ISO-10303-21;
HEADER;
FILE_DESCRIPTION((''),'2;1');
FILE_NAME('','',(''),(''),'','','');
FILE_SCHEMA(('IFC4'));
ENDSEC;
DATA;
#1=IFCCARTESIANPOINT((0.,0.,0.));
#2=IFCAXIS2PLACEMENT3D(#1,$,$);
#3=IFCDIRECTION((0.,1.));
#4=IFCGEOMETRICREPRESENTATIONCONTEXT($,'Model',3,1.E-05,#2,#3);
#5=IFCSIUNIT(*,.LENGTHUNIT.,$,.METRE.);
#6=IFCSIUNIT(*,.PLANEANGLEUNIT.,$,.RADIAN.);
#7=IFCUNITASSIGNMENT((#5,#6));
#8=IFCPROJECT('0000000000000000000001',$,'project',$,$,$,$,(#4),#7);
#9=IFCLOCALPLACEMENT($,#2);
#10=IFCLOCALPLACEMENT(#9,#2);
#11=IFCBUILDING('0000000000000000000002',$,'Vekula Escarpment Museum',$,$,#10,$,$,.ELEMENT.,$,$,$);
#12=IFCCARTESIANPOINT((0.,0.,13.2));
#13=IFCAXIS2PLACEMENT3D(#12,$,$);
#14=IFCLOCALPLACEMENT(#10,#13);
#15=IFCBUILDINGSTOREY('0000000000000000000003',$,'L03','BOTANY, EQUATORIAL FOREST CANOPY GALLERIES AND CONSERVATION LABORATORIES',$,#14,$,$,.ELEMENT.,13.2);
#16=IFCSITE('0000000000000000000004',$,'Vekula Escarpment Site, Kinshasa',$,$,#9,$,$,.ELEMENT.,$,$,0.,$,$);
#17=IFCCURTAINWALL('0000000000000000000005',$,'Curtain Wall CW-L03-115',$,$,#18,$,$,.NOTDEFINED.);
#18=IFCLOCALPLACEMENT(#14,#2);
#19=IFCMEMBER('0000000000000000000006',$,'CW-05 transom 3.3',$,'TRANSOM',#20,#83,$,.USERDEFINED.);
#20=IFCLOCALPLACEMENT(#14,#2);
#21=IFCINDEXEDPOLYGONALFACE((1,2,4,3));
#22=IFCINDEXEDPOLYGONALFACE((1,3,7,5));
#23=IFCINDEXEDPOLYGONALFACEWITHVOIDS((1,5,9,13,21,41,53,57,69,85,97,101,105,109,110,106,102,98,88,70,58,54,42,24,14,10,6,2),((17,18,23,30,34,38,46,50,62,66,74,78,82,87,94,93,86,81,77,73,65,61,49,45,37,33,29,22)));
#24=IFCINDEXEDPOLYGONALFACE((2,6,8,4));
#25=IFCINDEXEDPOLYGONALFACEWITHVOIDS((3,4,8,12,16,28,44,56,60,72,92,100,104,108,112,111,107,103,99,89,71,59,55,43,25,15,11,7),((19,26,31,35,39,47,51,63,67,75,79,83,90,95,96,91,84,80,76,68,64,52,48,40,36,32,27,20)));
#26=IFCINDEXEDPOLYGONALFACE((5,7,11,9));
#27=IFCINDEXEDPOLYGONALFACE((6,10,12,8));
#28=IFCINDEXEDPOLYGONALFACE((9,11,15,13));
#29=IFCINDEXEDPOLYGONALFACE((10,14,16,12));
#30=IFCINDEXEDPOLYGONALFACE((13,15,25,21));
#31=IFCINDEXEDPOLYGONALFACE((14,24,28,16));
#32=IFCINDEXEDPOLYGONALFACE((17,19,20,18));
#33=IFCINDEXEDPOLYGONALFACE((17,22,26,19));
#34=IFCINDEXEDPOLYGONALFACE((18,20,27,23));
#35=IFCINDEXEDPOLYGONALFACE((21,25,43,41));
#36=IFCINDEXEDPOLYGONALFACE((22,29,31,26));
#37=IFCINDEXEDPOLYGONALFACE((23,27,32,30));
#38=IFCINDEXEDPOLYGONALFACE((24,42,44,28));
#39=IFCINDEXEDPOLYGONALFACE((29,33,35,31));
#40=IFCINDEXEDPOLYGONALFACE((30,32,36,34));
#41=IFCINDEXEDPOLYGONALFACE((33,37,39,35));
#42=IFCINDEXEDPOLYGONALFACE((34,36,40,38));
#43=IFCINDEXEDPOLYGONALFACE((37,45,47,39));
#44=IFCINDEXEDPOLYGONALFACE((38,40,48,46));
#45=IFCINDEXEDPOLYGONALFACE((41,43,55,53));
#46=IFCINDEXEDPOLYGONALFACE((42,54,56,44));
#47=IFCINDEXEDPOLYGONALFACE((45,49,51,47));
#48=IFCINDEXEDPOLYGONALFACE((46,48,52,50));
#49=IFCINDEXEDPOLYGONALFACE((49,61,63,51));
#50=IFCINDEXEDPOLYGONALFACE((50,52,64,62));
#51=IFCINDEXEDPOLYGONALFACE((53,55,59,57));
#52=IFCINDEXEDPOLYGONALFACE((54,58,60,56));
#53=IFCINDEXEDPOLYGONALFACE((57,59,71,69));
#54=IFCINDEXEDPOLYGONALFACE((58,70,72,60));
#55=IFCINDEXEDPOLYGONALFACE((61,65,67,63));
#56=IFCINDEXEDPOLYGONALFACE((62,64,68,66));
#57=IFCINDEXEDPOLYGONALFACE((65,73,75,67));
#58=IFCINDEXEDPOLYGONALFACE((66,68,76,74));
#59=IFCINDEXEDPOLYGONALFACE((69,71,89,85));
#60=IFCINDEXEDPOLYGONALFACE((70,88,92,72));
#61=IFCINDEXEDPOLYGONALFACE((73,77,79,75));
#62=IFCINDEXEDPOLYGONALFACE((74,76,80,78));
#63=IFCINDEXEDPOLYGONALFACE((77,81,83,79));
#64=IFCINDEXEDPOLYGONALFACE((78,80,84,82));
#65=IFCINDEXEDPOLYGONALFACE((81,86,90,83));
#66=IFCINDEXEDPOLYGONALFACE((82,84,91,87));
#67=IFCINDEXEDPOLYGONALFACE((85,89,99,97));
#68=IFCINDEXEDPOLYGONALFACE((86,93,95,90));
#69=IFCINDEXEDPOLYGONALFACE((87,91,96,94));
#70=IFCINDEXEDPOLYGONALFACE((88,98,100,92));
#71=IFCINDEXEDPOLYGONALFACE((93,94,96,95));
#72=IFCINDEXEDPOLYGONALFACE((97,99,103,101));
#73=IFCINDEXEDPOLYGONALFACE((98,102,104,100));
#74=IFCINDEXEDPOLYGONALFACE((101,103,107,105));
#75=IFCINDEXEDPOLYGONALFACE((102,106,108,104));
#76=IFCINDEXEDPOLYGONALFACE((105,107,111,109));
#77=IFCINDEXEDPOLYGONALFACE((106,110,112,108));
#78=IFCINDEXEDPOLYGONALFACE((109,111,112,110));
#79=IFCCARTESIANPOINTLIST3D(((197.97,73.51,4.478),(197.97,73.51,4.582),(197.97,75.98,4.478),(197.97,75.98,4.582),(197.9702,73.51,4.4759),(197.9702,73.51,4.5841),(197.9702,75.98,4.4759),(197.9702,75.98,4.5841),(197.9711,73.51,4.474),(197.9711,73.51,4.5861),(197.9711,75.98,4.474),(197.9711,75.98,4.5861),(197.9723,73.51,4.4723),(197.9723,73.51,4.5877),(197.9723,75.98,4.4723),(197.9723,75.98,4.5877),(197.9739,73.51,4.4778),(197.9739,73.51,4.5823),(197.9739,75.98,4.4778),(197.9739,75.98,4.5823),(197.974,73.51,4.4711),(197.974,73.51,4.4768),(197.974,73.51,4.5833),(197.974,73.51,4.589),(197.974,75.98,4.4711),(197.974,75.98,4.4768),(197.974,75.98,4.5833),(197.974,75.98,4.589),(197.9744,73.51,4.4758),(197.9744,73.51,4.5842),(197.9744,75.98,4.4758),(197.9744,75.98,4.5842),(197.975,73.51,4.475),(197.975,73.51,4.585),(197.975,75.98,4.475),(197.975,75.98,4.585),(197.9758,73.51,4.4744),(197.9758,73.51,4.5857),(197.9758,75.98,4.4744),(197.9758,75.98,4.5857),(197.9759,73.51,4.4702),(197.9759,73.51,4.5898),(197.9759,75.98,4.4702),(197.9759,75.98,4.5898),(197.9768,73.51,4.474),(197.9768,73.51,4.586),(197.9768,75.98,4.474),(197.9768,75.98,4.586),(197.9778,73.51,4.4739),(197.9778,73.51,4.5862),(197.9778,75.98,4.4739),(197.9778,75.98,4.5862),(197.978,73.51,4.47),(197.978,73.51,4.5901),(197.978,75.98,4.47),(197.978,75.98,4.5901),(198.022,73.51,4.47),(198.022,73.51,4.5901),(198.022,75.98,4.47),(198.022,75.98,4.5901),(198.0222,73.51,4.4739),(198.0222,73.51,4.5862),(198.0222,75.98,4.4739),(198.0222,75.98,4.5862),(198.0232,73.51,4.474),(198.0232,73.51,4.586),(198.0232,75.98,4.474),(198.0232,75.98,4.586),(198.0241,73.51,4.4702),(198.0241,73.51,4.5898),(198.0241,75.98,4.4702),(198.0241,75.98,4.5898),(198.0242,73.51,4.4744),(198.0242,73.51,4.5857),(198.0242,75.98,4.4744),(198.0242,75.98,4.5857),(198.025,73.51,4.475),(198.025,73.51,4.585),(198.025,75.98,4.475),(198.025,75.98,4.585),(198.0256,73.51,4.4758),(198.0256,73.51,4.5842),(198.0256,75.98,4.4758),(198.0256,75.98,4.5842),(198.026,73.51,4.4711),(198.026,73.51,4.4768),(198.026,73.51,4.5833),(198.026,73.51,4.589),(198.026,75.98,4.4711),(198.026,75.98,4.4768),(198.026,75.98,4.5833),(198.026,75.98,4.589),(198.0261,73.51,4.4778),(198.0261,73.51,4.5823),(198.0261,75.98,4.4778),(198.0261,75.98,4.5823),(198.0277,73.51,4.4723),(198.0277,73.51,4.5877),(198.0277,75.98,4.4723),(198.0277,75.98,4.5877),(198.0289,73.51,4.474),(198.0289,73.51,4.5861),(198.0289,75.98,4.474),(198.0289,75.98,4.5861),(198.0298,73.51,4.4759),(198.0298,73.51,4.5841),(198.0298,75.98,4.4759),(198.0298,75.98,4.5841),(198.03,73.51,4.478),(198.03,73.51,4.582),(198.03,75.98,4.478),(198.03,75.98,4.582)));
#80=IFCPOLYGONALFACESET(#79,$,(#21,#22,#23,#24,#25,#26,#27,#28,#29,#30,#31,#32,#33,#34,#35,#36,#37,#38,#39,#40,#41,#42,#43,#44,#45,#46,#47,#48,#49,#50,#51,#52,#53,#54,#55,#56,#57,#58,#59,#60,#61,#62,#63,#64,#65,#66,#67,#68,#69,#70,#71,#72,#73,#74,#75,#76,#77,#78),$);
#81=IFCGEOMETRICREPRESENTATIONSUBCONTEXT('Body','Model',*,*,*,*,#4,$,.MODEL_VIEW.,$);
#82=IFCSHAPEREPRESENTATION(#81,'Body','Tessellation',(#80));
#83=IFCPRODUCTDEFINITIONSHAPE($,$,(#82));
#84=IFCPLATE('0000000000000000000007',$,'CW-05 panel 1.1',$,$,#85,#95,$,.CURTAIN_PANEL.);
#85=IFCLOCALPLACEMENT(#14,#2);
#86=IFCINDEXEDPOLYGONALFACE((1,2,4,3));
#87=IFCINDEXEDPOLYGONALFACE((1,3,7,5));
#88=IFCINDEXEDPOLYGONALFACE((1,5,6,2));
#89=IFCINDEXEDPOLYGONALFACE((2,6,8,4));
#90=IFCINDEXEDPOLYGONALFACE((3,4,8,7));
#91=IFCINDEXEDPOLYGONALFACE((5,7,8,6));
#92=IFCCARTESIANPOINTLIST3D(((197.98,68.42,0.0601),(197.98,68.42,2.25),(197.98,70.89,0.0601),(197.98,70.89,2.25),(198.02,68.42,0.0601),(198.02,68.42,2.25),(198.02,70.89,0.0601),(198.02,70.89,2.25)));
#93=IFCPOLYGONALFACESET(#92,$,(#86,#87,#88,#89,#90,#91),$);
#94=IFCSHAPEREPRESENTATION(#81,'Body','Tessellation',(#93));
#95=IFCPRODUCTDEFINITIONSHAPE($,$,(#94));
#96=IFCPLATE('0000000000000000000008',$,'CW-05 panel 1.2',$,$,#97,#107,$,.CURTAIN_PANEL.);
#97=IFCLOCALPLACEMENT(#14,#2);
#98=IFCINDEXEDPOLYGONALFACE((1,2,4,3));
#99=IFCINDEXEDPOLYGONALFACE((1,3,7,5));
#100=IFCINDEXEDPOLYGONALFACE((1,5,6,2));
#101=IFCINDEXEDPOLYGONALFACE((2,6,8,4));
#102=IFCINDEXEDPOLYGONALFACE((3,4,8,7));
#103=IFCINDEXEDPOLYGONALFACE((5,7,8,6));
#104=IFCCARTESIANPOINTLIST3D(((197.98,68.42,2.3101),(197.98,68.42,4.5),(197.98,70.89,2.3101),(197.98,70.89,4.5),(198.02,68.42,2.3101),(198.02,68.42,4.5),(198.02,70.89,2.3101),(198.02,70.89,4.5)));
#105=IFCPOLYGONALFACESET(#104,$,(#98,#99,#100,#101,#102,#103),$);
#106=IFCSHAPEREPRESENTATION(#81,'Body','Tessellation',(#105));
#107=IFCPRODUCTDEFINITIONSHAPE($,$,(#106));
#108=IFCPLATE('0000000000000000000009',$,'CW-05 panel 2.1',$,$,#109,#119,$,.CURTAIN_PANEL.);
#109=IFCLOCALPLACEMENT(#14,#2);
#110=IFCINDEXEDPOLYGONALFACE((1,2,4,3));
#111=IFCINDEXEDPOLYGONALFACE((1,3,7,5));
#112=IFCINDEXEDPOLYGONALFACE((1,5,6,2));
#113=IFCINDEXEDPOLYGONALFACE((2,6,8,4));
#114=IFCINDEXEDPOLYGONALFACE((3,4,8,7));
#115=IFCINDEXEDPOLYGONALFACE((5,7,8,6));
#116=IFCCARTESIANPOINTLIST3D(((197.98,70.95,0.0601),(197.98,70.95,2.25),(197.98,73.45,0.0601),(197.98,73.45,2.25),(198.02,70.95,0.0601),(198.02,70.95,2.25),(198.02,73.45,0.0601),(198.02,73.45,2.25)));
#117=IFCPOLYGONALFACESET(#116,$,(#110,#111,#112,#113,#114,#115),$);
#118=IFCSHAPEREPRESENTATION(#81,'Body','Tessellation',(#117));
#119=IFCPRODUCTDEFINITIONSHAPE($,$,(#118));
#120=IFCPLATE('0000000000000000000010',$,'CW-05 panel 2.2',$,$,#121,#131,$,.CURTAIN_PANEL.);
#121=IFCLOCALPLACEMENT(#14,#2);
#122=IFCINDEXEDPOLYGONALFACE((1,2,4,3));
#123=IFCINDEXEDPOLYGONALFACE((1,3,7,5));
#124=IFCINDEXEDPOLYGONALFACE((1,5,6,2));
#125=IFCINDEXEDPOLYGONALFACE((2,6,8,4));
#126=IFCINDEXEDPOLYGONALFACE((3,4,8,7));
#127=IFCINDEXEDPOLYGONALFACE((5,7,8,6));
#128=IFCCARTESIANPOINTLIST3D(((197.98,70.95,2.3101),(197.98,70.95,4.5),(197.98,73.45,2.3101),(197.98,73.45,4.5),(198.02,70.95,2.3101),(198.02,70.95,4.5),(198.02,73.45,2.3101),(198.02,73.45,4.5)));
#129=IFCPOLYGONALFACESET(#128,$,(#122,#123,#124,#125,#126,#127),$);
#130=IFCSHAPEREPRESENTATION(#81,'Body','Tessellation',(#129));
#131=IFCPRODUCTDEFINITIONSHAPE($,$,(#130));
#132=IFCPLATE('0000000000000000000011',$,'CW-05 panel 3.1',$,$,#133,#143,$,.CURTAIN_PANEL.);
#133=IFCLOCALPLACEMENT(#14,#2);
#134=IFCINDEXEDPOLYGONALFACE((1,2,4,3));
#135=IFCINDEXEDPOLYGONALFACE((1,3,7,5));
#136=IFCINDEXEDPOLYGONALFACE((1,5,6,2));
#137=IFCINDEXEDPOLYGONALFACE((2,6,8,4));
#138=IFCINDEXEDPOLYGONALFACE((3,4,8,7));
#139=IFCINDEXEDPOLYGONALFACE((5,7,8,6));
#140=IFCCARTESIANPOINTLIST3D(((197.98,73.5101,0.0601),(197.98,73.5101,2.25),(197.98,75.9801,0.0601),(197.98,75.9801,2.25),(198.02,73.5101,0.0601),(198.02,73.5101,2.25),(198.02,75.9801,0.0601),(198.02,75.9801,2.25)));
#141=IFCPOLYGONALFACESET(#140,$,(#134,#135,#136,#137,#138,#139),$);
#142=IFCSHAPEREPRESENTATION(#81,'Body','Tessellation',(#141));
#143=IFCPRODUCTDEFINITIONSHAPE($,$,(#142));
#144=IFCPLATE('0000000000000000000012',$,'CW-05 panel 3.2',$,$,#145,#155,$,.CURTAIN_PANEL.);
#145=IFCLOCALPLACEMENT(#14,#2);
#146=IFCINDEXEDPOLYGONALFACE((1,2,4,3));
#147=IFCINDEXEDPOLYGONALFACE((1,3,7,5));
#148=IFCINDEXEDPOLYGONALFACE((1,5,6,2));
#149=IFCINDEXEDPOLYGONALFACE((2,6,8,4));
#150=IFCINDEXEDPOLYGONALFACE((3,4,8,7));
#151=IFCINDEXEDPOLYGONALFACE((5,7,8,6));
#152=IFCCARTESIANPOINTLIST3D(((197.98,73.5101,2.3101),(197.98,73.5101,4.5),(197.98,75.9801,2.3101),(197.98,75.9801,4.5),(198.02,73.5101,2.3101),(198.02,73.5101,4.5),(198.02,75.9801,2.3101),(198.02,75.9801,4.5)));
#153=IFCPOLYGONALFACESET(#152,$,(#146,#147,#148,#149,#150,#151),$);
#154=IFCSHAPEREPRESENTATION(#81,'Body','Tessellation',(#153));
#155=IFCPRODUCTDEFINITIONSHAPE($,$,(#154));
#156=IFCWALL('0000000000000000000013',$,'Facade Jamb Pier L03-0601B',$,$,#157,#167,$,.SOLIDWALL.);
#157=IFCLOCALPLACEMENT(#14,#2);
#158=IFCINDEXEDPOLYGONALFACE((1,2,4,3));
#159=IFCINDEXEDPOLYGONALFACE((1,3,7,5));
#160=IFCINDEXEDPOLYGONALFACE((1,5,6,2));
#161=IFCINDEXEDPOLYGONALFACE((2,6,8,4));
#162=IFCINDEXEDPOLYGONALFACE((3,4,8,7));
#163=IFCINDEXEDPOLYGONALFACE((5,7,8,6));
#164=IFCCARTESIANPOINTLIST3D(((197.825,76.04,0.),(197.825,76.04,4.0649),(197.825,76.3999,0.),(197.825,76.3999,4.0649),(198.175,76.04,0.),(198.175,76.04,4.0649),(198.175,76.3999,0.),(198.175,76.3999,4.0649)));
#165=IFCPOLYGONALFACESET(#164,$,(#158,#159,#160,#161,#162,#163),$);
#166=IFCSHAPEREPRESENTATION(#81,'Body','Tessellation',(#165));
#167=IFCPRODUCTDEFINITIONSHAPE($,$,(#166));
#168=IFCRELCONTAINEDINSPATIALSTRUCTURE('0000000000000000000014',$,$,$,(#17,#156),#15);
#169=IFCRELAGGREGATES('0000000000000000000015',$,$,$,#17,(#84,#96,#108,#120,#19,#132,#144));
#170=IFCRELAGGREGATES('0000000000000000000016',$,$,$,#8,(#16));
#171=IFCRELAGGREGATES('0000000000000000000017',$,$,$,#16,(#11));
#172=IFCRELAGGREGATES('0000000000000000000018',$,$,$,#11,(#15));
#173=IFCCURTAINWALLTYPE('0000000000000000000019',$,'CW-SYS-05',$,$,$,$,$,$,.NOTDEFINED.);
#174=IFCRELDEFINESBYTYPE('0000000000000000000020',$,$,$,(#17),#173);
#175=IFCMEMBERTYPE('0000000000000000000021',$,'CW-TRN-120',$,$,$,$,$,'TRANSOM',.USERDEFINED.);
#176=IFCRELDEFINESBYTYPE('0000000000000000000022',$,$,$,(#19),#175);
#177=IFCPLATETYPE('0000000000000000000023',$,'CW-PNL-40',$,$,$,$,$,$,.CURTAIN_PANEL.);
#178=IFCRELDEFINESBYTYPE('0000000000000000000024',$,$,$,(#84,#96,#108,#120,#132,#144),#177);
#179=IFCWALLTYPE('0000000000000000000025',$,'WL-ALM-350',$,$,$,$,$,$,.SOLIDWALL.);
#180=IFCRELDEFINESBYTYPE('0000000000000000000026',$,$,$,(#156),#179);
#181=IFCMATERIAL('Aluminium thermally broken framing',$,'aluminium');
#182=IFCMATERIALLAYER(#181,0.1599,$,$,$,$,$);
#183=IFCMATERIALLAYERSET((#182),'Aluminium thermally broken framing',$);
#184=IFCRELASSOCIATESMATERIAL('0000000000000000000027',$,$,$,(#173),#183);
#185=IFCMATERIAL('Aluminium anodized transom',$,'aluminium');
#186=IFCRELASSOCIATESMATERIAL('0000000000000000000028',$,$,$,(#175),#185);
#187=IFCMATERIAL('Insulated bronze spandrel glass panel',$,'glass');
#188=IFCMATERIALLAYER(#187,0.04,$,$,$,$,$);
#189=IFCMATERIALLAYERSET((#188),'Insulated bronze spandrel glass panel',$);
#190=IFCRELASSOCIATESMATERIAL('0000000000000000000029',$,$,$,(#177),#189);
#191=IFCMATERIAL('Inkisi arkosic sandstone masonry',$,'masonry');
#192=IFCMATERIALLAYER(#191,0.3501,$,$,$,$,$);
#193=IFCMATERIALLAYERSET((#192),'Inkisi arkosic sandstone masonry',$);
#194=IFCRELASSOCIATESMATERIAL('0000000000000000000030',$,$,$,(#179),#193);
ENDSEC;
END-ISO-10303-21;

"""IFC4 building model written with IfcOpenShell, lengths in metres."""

from ifc_helpers import new_model, si_unit, direction, frame, frame_2d, origin, origin_2d, place, context, subcontext, project, spatial, rectangle, hollow_rectangle, extrude, material, layer, layer_set, material_profile, profile_set, type_object, element, aggregate, save


model = new_model("IFC4")

# Units and contexts
model_context = context("Model", 3, precision=1e-05, world=origin(), true_north=direction((0.0, 1.0)))
body_context = subcontext(model_context, "Body", "Model", "MODEL_VIEW")
ifc_project = project(units=[si_unit("LENGTHUNIT", "METRE"), si_unit("PLANEANGLEUNIT", "RADIAN")], contexts=[model_context])

# Site, building, storey
site_placement = place(None, origin())
site = spatial("IfcSite", under=ifc_project, at=site_placement, Name="Vekula Escarpment Site, Kinshasa", CompositionType="ELEMENT", RefElevation=0.0)
building_placement = place(site_placement, origin())
building = spatial("IfcBuilding", under=site, at=building_placement, Name="Vekula Escarpment Museum", CompositionType="ELEMENT")
storey_placement = place(building_placement, frame((0.0, 0.0, 13.2)))
storey = spatial("IfcBuildingStorey", under=building, at=storey_placement, Name="L03", Description="BOTANY, EQUATORIAL FOREST CANOPY GALLERIES AND CONSERVATION LABORATORIES", CompositionType="ELEMENT", Elevation=13.2)

# Curtain wall, member, plates
ifc_material_1 = material(Name="Aluminium thermally broken framing", Category="aluminium")
ifc_layer_1 = layer(ifc_material_1, 0.1599)
ifc_layer_set_1 = layer_set([ifc_layer_1], Name="Aluminium thermally broken framing")
curtain_wall_type = type_object("IfcCurtainWallType", Name="CW-SYS-05", PredefinedType="NOTDEFINED", material=ifc_layer_set_1)
curtain_wall_placement = place(storey_placement, origin())
curtain_wall = element("IfcCurtainWall", 1, at=curtain_wall_placement, inside=storey, type_object=curtain_wall_type, Name="Curtain Wall CW-L03-115", PredefinedType="NOTDEFINED")
ifc_material_2 = material(Name="Aluminium anodized transom", Category="aluminium")
ifc_material_profile_1 = material_profile(ifc_material_2, hollow_rectangle(XDim=0.0601, YDim=0.1201, WallThickness=0.0039, InnerFilletRadius=0.0039, OuterFilletRadius=0.0081, at=origin_2d()), Name="ALU 120x60x4")
ifc_profile_set_1 = profile_set([ifc_material_profile_1], Name="Aluminium anodized transom")
member_type_1 = type_object("IfcMemberType", Name="CW-TRN-120", ElementType="TRANSOM", PredefinedType="USERDEFINED", material=ifc_profile_set_1)
member_1_placement = place(storey_placement, frame((198.0, 73.51, 4.53), z_axis=(0.0, 1.0, 0.0), x_axis=(-1.0, 0.0, 0.0)))
member_1 = element("IfcMember", 2, at=member_1_placement, type_object=member_type_1, Name="CW-05 transom 3.3", ObjectType="TRANSOM", PredefinedType="USERDEFINED", context=body_context, shape_type="SweptSolid", body=[
    extrude(hollow_rectangle(XDim=0.0601, YDim=0.1201, WallThickness=0.0039, InnerFilletRadius=0.0039, OuterFilletRadius=0.0081, at=origin_2d()), origin(), (0.0, 0.0, 1.0), 2.47),
])
ifc_material_3 = material(Name="Insulated bronze spandrel glass panel", Category="glass")
ifc_layer_2 = layer(ifc_material_3, 0.04)
ifc_layer_set_2 = layer_set([ifc_layer_2], Name="Insulated bronze spandrel glass panel")
plate_type = type_object("IfcPlateType", Name="CW-PNL-40", PredefinedType="CURTAIN_PANEL", material=ifc_layer_set_2)
plate_1_placement = place(storey_placement, frame((198.0, 69.655, 0.0601), z_axis=(0.0, 0.0, 1.0), x_axis=(0.0, 1.0, 0.0)))
plate_1 = element("IfcPlate", 3, at=plate_1_placement, type_object=plate_type, Name="CW-05 panel 1.1", PredefinedType="CURTAIN_PANEL", context=body_context, shape_type="SweptSolid", body=[
    extrude(rectangle(XDim=2.47, YDim=0.04, at=origin_2d()), origin(), (0.0, 0.0, 1.0), 2.1899),
])
plate_2_placement = place(storey_placement, frame((198.0, 69.655, 2.3101), z_axis=(0.0, 0.0, 1.0), x_axis=(0.0, 1.0, 0.0)))
plate_2 = element("IfcPlate", 4, at=plate_2_placement, type_object=plate_type, Name="CW-05 panel 1.2", PredefinedType="CURTAIN_PANEL", context=body_context, shape_type="SweptSolid", body=[
    extrude(rectangle(XDim=2.47, YDim=0.04, at=origin_2d()), origin(), (0.0, 0.0, 1.0), 2.1899),
])
plate_3_placement = place(storey_placement, frame((198.0, 72.2, 0.0601), z_axis=(0.0, 0.0, 1.0), x_axis=(0.0, 1.0, 0.0)))
plate_3 = element("IfcPlate", 5, at=plate_3_placement, type_object=plate_type, Name="CW-05 panel 2.1", PredefinedType="CURTAIN_PANEL", context=body_context, shape_type="SweptSolid", body=[
    extrude(rectangle(XDim=2.5, YDim=0.04, at=origin_2d()), origin(), (0.0, 0.0, 1.0), 2.1899),
])
plate_4_placement = place(storey_placement, frame((198.0, 72.2, 2.3101), z_axis=(0.0, 0.0, 1.0), x_axis=(0.0, 1.0, 0.0)))
plate_4 = element("IfcPlate", 6, at=plate_4_placement, type_object=plate_type, Name="CW-05 panel 2.2", PredefinedType="CURTAIN_PANEL", context=body_context, shape_type="SweptSolid", body=[
    extrude(rectangle(XDim=2.5, YDim=0.04, at=origin_2d()), origin(), (0.0, 0.0, 1.0), 2.1899),
])
plate_5_placement = place(storey_placement, frame((198.0, 74.7451, 0.0601), z_axis=(0.0, 0.0, 1.0), x_axis=(0.0, 1.0, 0.0)))
plate_5 = element("IfcPlate", 7, at=plate_5_placement, type_object=plate_type, Name="CW-05 panel 3.1", PredefinedType="CURTAIN_PANEL", context=body_context, shape_type="SweptSolid", body=[
    extrude(rectangle(XDim=2.47, YDim=0.04, at=origin_2d()), origin(), (0.0, 0.0, 1.0), 2.1899),
])
plate_6_placement = place(storey_placement, frame((198.0, 74.7451, 2.3101), z_axis=(0.0, 0.0, 1.0), x_axis=(0.0, 1.0, 0.0)))
plate_6 = element("IfcPlate", 8, at=plate_6_placement, type_object=plate_type, Name="CW-05 panel 3.2", PredefinedType="CURTAIN_PANEL", context=body_context, shape_type="SweptSolid", body=[
    extrude(rectangle(XDim=2.47, YDim=0.04, at=origin_2d()), origin(), (0.0, 0.0, 1.0), 2.1899),
])
aggregate(curtain_wall, [plate_1, plate_2, plate_3, plate_4, member_1, plate_5, plate_6])

# Wall
ifc_material_4 = material(Name="Inkisi arkosic sandstone masonry", Category="masonry")
ifc_layer_3 = layer(ifc_material_4, 0.3501)
ifc_layer_set_3 = layer_set([ifc_layer_3], Name="Inkisi arkosic sandstone masonry")
wall_type = type_object("IfcWallType", Name="WL-ALM-350", PredefinedType="SOLIDWALL", material=ifc_layer_set_3)
wall_placement = place(storey_placement, frame((198.0, 76.04, 0.0), z_axis=(0.0, 0.0, 1.0), x_axis=(0.0, 1.0, 0.0)))
element("IfcWall", 9, at=wall_placement, inside=storey, type_object=wall_type, Name="Facade Jamb Pier L03-0601B", PredefinedType="SOLIDWALL", context=body_context, shape_type="SweptSolid", body=[
    extrude(rectangle(XDim=0.3599, YDim=0.3501, at=frame_2d((0.1799, 0.0))), origin(), (0.0, 0.0, 1.0), 4.0649),
])

save(model, "model.ifc")
